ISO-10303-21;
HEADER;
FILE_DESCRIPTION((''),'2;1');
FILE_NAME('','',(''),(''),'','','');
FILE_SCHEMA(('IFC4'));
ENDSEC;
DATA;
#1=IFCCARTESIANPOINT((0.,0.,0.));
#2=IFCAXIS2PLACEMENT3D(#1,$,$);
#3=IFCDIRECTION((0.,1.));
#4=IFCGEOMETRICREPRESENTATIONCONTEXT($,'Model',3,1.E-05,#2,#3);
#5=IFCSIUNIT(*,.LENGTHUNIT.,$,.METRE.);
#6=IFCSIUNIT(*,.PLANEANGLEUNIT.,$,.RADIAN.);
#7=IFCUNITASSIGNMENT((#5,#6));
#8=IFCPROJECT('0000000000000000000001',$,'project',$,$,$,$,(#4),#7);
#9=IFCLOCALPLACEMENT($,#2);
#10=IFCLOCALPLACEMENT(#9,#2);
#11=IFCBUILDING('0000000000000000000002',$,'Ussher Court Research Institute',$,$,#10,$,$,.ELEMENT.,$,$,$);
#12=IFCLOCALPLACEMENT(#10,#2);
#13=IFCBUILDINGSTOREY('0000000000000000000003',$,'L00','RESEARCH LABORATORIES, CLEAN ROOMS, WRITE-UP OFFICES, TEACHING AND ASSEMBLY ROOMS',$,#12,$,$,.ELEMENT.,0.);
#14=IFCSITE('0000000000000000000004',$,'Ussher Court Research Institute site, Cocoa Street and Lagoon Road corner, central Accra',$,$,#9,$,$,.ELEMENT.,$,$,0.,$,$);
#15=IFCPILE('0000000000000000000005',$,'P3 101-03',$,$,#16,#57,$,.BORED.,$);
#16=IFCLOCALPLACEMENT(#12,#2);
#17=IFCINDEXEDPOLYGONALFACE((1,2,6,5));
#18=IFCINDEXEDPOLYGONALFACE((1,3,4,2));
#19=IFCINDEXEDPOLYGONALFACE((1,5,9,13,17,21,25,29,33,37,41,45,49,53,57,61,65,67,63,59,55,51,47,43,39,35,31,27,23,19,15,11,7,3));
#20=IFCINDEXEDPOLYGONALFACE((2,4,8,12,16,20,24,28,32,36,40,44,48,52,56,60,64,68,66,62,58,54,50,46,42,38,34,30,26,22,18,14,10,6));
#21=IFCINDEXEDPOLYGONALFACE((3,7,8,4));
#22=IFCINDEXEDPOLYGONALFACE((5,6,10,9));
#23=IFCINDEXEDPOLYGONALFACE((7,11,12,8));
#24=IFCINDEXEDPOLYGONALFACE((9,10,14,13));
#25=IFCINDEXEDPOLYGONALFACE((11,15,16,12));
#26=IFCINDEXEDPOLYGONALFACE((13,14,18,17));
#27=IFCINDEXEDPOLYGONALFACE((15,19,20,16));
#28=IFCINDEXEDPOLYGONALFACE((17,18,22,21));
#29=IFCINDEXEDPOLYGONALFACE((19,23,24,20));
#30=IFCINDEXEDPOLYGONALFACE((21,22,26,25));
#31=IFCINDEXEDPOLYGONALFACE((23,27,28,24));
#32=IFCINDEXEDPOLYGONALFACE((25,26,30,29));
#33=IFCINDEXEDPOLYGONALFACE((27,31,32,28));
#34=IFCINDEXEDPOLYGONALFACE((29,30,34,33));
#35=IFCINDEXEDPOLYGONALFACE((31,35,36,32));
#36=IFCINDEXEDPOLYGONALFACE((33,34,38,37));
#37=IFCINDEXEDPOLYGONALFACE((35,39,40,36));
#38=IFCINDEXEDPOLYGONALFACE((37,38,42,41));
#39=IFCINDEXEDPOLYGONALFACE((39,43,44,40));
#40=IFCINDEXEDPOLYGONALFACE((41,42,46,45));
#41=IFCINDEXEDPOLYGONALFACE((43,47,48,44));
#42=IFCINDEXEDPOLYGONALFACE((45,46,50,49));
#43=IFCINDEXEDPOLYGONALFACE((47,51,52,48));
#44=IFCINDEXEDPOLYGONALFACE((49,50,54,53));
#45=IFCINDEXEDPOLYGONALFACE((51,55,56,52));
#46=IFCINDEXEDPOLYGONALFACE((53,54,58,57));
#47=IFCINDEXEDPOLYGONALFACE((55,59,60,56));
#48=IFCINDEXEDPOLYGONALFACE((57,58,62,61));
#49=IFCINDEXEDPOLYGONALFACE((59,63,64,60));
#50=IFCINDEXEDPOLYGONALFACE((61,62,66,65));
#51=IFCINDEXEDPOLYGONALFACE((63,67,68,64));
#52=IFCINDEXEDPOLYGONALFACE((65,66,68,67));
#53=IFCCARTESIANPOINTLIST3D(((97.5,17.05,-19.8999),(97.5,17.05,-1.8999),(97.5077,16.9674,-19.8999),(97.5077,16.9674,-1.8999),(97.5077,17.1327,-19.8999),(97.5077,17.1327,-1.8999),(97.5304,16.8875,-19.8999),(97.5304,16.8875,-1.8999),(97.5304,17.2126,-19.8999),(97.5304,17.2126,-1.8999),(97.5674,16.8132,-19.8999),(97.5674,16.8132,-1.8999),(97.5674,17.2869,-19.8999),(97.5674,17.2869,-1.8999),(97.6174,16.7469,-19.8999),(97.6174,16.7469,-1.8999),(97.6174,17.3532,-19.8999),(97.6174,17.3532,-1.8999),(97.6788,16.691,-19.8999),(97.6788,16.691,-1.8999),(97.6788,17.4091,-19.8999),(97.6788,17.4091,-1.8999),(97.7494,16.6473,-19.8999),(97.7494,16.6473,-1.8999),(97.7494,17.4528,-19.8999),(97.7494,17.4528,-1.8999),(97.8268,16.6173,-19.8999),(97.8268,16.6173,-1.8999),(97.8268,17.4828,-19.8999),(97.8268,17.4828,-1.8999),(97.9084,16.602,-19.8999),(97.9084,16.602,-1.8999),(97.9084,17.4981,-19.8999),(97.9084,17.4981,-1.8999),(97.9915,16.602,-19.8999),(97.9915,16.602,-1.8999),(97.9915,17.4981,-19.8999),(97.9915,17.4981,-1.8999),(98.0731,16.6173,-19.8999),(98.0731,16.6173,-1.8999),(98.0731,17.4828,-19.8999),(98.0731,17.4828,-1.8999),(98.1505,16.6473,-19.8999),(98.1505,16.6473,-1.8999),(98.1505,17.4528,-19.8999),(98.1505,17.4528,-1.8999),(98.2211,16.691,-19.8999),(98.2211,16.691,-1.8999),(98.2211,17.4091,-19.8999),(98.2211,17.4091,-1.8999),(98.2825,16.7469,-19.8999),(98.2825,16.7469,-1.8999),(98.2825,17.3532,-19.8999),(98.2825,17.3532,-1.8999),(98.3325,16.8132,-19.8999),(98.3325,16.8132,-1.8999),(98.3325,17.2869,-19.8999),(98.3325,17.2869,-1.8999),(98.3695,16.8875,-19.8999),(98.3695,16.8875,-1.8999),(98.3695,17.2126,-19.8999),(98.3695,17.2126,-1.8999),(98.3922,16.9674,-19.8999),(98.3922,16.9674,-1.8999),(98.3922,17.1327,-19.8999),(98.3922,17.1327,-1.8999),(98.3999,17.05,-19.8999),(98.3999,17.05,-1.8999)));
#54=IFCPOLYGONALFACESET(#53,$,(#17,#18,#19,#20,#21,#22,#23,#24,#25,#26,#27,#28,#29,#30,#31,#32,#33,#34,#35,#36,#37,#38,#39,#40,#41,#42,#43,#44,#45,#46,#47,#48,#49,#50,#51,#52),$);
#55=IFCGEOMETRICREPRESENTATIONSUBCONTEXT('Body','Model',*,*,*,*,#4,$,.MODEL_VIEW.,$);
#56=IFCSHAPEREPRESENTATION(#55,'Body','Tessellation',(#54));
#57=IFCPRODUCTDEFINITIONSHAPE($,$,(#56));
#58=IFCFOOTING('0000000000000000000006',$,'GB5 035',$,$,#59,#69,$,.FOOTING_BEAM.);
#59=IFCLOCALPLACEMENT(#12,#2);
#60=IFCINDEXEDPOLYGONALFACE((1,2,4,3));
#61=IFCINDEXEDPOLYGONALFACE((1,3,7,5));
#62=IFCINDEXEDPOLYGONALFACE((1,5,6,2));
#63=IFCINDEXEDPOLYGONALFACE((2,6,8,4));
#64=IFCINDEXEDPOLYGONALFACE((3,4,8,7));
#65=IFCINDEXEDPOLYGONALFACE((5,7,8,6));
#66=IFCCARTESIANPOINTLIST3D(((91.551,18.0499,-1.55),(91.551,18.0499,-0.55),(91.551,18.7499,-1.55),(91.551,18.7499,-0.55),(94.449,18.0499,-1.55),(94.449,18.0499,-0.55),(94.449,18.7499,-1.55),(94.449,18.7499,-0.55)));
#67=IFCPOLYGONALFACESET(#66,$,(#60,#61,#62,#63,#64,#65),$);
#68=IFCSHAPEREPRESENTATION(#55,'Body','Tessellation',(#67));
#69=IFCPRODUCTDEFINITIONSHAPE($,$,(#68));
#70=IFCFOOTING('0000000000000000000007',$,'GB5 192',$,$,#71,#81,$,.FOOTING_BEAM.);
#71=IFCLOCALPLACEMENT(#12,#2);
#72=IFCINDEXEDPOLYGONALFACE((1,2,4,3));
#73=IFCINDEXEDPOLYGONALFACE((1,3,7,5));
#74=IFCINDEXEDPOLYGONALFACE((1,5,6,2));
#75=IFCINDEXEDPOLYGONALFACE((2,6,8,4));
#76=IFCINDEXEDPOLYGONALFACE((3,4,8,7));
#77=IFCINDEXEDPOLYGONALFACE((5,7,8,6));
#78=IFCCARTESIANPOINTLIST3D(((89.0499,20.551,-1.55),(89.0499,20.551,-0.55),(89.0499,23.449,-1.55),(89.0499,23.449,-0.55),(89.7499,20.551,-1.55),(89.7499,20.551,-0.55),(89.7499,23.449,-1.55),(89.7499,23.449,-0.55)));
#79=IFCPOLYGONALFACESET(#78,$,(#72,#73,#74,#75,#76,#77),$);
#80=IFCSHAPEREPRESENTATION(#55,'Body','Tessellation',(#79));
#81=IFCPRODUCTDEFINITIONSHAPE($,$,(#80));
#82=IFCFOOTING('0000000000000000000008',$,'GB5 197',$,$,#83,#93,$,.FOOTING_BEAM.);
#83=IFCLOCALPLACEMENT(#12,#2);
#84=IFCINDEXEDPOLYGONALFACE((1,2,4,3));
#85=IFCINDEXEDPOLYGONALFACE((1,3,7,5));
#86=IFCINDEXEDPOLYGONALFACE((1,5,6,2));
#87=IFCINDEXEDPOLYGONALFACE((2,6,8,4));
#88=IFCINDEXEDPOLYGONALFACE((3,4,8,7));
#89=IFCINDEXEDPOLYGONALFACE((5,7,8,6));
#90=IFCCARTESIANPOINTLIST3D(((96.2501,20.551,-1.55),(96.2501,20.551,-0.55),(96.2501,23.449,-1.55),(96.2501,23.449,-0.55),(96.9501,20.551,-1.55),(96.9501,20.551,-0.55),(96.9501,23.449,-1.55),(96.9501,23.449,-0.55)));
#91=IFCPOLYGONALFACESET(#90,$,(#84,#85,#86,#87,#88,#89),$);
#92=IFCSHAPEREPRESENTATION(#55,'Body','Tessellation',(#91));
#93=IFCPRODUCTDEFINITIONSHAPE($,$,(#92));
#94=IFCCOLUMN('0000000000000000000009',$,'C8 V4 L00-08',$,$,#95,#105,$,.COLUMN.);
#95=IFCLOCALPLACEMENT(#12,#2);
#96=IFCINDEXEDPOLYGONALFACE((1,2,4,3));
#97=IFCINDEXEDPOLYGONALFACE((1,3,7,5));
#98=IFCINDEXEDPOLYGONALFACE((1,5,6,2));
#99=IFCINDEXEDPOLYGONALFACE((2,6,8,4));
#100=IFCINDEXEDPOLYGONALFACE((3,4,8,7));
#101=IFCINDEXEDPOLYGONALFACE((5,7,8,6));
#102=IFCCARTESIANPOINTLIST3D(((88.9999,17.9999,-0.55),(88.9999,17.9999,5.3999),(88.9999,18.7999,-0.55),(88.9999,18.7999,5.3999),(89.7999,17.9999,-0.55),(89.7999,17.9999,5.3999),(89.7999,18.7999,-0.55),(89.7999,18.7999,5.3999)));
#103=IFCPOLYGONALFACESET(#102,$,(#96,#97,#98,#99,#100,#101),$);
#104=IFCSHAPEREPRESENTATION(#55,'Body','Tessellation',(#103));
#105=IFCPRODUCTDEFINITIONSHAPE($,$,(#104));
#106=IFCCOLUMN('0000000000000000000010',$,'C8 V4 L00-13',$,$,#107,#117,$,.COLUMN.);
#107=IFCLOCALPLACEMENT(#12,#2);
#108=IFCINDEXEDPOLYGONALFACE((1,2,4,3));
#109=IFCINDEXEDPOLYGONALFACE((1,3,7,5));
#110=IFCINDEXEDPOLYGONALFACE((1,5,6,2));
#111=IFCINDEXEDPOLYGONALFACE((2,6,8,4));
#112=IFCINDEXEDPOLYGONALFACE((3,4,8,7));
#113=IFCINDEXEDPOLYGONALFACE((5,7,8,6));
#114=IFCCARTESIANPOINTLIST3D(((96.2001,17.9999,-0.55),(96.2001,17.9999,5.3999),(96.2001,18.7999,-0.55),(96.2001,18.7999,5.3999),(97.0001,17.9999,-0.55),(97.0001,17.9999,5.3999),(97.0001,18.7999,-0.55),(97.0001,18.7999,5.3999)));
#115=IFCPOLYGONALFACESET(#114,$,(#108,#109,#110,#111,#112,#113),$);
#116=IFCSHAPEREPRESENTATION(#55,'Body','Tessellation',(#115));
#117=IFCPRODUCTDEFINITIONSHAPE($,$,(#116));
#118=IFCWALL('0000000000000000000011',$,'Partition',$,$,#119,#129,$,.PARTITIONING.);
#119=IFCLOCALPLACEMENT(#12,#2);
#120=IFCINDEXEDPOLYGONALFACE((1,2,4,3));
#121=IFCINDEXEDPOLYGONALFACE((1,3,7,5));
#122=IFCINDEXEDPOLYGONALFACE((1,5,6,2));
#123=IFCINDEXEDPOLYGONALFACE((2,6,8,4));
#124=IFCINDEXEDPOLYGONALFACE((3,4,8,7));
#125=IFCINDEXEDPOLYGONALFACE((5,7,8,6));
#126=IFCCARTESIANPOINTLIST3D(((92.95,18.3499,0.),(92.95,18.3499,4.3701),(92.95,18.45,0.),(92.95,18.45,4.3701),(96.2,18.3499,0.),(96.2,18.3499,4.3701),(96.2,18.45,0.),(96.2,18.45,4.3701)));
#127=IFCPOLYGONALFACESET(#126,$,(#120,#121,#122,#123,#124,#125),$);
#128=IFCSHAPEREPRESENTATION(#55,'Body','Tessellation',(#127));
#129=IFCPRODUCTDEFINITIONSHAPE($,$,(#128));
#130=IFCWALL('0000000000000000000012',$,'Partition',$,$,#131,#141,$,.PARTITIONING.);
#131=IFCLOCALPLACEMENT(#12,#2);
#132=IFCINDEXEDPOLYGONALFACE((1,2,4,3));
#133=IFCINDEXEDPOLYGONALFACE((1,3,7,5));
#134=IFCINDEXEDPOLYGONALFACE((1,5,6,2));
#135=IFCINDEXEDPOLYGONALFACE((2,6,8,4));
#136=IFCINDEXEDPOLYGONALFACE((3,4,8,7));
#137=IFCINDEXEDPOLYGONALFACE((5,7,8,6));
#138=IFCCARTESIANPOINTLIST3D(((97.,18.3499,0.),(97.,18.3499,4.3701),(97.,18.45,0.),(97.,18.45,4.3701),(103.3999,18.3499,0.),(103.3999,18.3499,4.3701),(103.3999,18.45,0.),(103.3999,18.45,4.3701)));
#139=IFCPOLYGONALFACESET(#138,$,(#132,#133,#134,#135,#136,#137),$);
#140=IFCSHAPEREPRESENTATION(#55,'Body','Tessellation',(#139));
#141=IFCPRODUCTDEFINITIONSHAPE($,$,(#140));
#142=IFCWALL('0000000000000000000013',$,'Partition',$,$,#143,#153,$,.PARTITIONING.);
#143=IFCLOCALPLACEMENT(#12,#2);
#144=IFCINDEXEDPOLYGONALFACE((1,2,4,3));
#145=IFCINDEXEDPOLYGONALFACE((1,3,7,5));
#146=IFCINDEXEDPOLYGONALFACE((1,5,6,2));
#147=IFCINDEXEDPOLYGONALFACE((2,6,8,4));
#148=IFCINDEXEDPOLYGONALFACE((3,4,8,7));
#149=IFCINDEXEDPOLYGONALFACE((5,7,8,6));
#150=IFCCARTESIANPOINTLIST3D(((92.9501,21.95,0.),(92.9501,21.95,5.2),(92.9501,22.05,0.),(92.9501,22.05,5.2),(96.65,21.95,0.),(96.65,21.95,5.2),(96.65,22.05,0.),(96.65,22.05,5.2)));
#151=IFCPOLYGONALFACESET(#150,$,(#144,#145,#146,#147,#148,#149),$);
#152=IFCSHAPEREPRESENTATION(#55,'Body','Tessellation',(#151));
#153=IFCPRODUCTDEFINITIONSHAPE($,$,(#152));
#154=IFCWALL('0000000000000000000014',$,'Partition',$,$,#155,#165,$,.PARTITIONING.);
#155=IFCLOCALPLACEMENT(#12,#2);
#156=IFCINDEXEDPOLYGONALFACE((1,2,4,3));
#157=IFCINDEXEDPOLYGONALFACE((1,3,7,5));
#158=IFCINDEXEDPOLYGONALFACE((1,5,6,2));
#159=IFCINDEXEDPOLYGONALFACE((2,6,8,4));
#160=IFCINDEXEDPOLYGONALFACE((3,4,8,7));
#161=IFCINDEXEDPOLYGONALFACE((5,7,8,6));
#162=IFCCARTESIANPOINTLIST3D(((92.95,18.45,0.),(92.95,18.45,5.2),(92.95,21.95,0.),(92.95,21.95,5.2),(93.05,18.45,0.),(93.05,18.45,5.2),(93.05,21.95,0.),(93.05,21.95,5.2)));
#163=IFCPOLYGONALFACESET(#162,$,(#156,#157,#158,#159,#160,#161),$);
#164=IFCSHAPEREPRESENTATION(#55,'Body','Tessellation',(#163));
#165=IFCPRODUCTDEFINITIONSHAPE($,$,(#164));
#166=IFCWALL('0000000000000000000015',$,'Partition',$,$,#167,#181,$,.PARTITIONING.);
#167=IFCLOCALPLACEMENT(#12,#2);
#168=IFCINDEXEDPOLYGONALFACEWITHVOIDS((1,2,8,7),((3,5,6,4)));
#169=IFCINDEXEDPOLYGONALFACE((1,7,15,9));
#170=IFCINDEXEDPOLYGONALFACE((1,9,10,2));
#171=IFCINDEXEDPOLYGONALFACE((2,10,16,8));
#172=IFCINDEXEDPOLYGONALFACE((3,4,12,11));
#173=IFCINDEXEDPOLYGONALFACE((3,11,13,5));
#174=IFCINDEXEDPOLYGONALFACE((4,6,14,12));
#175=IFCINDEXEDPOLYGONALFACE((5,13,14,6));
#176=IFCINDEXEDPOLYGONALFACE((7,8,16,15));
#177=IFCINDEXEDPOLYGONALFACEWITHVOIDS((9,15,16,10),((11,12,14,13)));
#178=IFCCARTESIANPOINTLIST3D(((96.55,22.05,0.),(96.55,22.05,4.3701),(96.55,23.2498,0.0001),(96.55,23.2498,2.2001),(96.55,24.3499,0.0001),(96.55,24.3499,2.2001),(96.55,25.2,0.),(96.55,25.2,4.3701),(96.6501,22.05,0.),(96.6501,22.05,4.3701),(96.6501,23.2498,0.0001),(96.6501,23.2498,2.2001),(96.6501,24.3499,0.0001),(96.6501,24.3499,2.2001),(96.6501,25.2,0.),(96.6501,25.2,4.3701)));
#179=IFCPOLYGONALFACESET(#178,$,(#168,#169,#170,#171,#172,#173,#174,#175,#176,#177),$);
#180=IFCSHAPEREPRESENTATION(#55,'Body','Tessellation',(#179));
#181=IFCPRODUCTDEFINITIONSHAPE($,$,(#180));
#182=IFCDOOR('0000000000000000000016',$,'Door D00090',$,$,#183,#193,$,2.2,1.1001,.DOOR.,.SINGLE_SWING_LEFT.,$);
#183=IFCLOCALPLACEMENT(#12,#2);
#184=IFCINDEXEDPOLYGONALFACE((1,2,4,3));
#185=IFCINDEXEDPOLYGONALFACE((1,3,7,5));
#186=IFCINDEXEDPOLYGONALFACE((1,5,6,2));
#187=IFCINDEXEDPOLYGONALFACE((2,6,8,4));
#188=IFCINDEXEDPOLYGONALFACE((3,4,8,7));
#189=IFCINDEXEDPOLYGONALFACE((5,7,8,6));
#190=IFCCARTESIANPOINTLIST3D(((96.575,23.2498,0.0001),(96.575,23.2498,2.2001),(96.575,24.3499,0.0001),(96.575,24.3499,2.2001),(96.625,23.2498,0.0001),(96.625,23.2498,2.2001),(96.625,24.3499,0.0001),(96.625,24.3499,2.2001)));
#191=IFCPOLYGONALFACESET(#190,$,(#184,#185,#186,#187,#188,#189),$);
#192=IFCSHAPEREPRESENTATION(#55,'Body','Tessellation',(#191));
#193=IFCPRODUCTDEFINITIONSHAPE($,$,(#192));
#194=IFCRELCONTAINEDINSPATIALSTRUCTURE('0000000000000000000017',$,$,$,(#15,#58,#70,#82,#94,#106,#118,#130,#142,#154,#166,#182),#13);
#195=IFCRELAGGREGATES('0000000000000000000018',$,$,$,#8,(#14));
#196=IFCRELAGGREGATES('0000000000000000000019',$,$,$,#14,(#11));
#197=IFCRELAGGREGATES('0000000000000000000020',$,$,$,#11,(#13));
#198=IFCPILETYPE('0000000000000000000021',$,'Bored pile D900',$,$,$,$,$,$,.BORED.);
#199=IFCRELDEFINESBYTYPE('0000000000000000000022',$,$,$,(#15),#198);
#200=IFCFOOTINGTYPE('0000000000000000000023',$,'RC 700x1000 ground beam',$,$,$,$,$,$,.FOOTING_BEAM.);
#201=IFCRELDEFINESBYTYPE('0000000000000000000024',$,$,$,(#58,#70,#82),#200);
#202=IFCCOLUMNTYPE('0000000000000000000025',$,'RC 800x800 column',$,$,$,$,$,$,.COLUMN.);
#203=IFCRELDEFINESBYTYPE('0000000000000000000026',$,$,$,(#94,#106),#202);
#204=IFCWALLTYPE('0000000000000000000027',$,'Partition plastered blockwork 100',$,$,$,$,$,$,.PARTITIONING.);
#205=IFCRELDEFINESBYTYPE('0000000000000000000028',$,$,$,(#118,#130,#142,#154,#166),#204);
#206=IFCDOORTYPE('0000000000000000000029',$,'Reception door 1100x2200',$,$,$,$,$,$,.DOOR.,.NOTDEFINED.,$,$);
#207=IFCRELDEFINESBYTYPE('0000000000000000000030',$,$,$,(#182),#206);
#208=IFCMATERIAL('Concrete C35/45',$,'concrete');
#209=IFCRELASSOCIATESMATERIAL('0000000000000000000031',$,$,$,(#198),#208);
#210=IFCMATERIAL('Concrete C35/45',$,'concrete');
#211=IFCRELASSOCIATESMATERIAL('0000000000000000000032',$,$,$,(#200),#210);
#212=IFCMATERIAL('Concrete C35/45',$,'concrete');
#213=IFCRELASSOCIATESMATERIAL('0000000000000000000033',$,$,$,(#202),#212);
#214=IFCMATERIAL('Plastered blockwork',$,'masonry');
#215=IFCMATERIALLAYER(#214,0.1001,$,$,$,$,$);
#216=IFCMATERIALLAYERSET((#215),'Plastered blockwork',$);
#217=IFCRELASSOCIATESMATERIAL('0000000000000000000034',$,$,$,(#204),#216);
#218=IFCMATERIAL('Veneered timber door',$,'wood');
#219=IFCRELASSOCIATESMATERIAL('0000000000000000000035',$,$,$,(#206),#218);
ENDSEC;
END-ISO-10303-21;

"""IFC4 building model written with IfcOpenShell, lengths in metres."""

from ifc_helpers import new_model, si_unit, direction, frame, frame_2d, origin, origin_2d, place, context, subcontext, project, spatial, rectangle, circle, extrude, material, layer, layer_set, material_profile, profile_set, type_object, element, fill, save


model = new_model("IFC4")

# Units and contexts
model_context = context("Model", 3, precision=1e-05, world=origin(), true_north=direction((0.0, 1.0)))
body_context = subcontext(model_context, "Body", "Model", "MODEL_VIEW")
ifc_project = project(units=[si_unit("LENGTHUNIT", "METRE"), si_unit("PLANEANGLEUNIT", "RADIAN")], contexts=[model_context])

# Site, building, storey
site_placement = place(None, origin())
site = spatial("IfcSite", under=ifc_project, at=site_placement, Name="Ussher Court Research Institute site, Cocoa Street and Lagoon Road corner, central Accra", CompositionType="ELEMENT", RefElevation=0.0)
building_placement = place(site_placement, origin())
building = spatial("IfcBuilding", under=site, at=building_placement, Name="Ussher Court Research Institute", CompositionType="ELEMENT")
storey_placement = place(building_placement, origin())
storey = spatial("IfcBuildingStorey", under=building, at=storey_placement, Name="L00", Description="RESEARCH LABORATORIES, CLEAN ROOMS, WRITE-UP OFFICES, TEACHING AND ASSEMBLY ROOMS", CompositionType="ELEMENT", Elevation=0.0)

# Pile
ifc_material_1 = material(Name="Concrete C35/45", Category="concrete")
ifc_material_profile_1 = material_profile(ifc_material_1, circle(Radius=0.45, at=origin_2d()), Name="RC D900")
ifc_profile_set_1 = profile_set([ifc_material_profile_1], Name="Concrete C35/45")
pile_type_1 = type_object("IfcPileType", Name="Bored pile D900", PredefinedType="BORED", material=ifc_profile_set_1)
for number, where, z_axis, x_axis, name in (
    (1, (97.95, 17.05, -1.8999), (0.0, 0.0, -1.0), (1.0, 0.0, 0.0), "P3 101-03"),
):
    element("IfcPile", number, at=place(storey_placement, frame(where, z_axis=z_axis, x_axis=x_axis)), inside=storey, type_object=pile_type_1, Name=name, PredefinedType="BORED", context=body_context, shape_type="SweptSolid", body=[
        extrude(circle(Radius=0.45, at=origin_2d()), origin(), (0.0, 0.0, 1.0), 18.0),
    ])

# Footings
ifc_material_2 = material(Name="Concrete C35/45", Category="concrete")
ifc_material_profile_2 = material_profile(ifc_material_2, rectangle(XDim=0.7, YDim=1.0, at=origin_2d()), Name="RC 700x1000")
ifc_profile_set_2 = profile_set([ifc_material_profile_2], Name="Concrete C35/45")
footing_type = type_object("IfcFootingType", Name="RC 700x1000 ground beam", PredefinedType="FOOTING_BEAM", material=ifc_profile_set_2)
for number, where, z_axis, x_axis, name in (
    (2, (91.551, 18.3999, -1.05), (1.0, 0.0, 0.0), (0.0, 1.0, 0.0), "GB5 035"),
    (3, (89.3999, 20.551, -1.05), (0.0, 1.0, 0.0), (-1.0, 0.0, 0.0), "GB5 192"),
    (4, (96.6001, 20.551, -1.05), (0.0, 1.0, 0.0), (-1.0, 0.0, 0.0), "GB5 197"),
):
    element("IfcFooting", number, at=place(storey_placement, frame(where, z_axis=z_axis, x_axis=x_axis)), inside=storey, type_object=footing_type, Name=name, PredefinedType="FOOTING_BEAM", context=body_context, shape_type="SweptSolid", body=[
        extrude(rectangle(XDim=0.7, YDim=1.0, at=origin_2d()), origin(), (0.0, 0.0, 1.0), 2.8979),
    ])

# Columns
ifc_material_3 = material(Name="Concrete C35/45", Category="concrete")
ifc_material_profile_3 = material_profile(ifc_material_3, rectangle(XDim=0.8, YDim=0.8, at=origin_2d()), Name="RC 800x800")
ifc_profile_set_3 = profile_set([ifc_material_profile_3], Name="Concrete C35/45")
column_type = type_object("IfcColumnType", Name="RC 800x800 column", PredefinedType="COLUMN", material=ifc_profile_set_3)
for number, where, z_axis, x_axis, name in (
    (5, (89.3999, 18.3999, -0.55), (0.0, 0.0, 1.0), (1.0, 0.0, 0.0), "C8 V4 L00-08"),
    (6, (96.6001, 18.3999, -0.55), (0.0, 0.0, 1.0), (1.0, 0.0, 0.0), "C8 V4 L00-13"),
):
    element("IfcColumn", number, at=place(storey_placement, frame(where, z_axis=z_axis, x_axis=x_axis)), inside=storey, type_object=column_type, Name=name, PredefinedType="COLUMN", context=body_context, shape_type="SweptSolid", body=[
        extrude(rectangle(XDim=0.8, YDim=0.8, at=origin_2d()), origin(), (0.0, 0.0, 1.0), 5.95),
    ])

# Walls
ifc_material_4 = material(Name="Plastered blockwork", Category="masonry")
ifc_layer_1 = layer(ifc_material_4, 0.1001)
ifc_layer_set_1 = layer_set([ifc_layer_1], Name="Plastered blockwork")
wall_type_1 = type_object("IfcWallType", Name="Partition plastered blockwork 100", PredefinedType="PARTITIONING", material=ifc_layer_set_1)
wall_1_placement = place(storey_placement, frame((92.95, 18.3999, 0.0), z_axis=(0.0, 0.0, 1.0), x_axis=(1.0, 0.0, 0.0)))
element("IfcWall", 7, at=wall_1_placement, inside=storey, type_object=wall_type_1, Name="Partition", PredefinedType="PARTITIONING", context=body_context, shape_type="SweptSolid", body=[
    extrude(rectangle(XDim=3.25, YDim=0.1001, at=frame_2d((1.625, 0.0))), origin(), (0.0, 0.0, 1.0), 4.3701),
])
wall_2_placement = place(storey_placement, frame((97.0, 18.3999, 0.0), z_axis=(0.0, 0.0, 1.0), x_axis=(1.0, 0.0, 0.0)))
element("IfcWall", 8, at=wall_2_placement, inside=storey, type_object=wall_type_1, Name="Partition", PredefinedType="PARTITIONING", context=body_context, shape_type="SweptSolid", body=[
    extrude(rectangle(XDim=6.3999, YDim=0.1001, at=frame_2d((3.2, 0.0))), origin(), (0.0, 0.0, 1.0), 4.3701),
])
wall_3_placement = place(storey_placement, frame((92.95, 22.0, 0.0), z_axis=(0.0, 0.0, 1.0), x_axis=(1.0, 0.0, 0.0)))
element("IfcWall", 9, at=wall_3_placement, inside=storey, type_object=wall_type_1, Name="Partition", PredefinedType="PARTITIONING", context=body_context, shape_type="SweptSolid", body=[
    extrude(rectangle(XDim=3.7, YDim=0.1001, at=frame_2d((1.8501, 0.0))), origin(), (0.0, 0.0, 1.0), 5.2),
])
wall_4_placement = place(storey_placement, frame((93.0, 18.45, 0.0), z_axis=(0.0, 0.0, 1.0), x_axis=(0.0, 1.0, 0.0)))
element("IfcWall", 10, at=wall_4_placement, inside=storey, type_object=wall_type_1, Name="Partition", PredefinedType="PARTITIONING", context=body_context, shape_type="SweptSolid", body=[
    extrude(rectangle(XDim=3.5, YDim=0.1001, at=frame_2d((1.75, 0.0))), origin(), (0.0, 0.0, 1.0), 5.2),
])

# Wall, opening, door
wall_5_placement = place(storey_placement, frame((96.6001, 25.2, 0.0), z_axis=(0.0, 0.0, 1.0), x_axis=(0.0, -1.0, 0.0)))
wall_5 = element("IfcWall", 11, at=wall_5_placement, inside=storey, type_object=wall_type_1, Name="Partition", PredefinedType="PARTITIONING", context=body_context, shape_type="SweptSolid", body=[
    extrude(rectangle(XDim=3.1499, YDim=0.1001, at=frame_2d((1.575, 0.0))), origin(), (0.0, 0.0, 1.0), 4.3701),
])
opening_1_placement = place(wall_5_placement, frame((0.8501, 0.0, 0.0)))
opening_1 = element("IfcOpeningElement", 12, at=opening_1_placement, cuts=wall_5, PredefinedType="OPENING", context=body_context, shape_type="SweptSolid", body=[
    extrude(rectangle(XDim=1.1001, YDim=2.2, at=frame_2d((0.55, 1.1001))), frame((0.0, 0.0601, 0.0), z_axis=(0.0, -1.0, 0.0), x_axis=(1.0, 0.0, 0.0)), (0.0, 0.0, 1.0), 0.1201),
])
ifc_material_5 = material(Name="Veneered timber door", Category="wood")
door_type_1 = type_object("IfcDoorType", Name="Reception door 1100x2200", OperationType="NOTDEFINED", PredefinedType="DOOR", material=ifc_material_5)
door_1_placement = place(opening_1_placement, origin())
door_1 = element("IfcDoor", 13, at=door_1_placement, inside=storey, type_object=door_type_1, Name="Door D00090", OperationType="SINGLE_SWING_LEFT", OverallHeight=2.2, OverallWidth=1.1001, PredefinedType="DOOR", context=body_context, shape_type="SweptSolid", body=[
    extrude(rectangle(XDim=1.1001, YDim=2.2, at=frame_2d((0.55, 1.1001))), frame((0.0, 0.0249, 0.0), z_axis=(0.0, -1.0, 0.0), x_axis=(1.0, 0.0, 0.0)), (0.0, 0.0, 1.0), 0.05),
])
fill(opening_1, door_1)

save(model, "model.ifc")
